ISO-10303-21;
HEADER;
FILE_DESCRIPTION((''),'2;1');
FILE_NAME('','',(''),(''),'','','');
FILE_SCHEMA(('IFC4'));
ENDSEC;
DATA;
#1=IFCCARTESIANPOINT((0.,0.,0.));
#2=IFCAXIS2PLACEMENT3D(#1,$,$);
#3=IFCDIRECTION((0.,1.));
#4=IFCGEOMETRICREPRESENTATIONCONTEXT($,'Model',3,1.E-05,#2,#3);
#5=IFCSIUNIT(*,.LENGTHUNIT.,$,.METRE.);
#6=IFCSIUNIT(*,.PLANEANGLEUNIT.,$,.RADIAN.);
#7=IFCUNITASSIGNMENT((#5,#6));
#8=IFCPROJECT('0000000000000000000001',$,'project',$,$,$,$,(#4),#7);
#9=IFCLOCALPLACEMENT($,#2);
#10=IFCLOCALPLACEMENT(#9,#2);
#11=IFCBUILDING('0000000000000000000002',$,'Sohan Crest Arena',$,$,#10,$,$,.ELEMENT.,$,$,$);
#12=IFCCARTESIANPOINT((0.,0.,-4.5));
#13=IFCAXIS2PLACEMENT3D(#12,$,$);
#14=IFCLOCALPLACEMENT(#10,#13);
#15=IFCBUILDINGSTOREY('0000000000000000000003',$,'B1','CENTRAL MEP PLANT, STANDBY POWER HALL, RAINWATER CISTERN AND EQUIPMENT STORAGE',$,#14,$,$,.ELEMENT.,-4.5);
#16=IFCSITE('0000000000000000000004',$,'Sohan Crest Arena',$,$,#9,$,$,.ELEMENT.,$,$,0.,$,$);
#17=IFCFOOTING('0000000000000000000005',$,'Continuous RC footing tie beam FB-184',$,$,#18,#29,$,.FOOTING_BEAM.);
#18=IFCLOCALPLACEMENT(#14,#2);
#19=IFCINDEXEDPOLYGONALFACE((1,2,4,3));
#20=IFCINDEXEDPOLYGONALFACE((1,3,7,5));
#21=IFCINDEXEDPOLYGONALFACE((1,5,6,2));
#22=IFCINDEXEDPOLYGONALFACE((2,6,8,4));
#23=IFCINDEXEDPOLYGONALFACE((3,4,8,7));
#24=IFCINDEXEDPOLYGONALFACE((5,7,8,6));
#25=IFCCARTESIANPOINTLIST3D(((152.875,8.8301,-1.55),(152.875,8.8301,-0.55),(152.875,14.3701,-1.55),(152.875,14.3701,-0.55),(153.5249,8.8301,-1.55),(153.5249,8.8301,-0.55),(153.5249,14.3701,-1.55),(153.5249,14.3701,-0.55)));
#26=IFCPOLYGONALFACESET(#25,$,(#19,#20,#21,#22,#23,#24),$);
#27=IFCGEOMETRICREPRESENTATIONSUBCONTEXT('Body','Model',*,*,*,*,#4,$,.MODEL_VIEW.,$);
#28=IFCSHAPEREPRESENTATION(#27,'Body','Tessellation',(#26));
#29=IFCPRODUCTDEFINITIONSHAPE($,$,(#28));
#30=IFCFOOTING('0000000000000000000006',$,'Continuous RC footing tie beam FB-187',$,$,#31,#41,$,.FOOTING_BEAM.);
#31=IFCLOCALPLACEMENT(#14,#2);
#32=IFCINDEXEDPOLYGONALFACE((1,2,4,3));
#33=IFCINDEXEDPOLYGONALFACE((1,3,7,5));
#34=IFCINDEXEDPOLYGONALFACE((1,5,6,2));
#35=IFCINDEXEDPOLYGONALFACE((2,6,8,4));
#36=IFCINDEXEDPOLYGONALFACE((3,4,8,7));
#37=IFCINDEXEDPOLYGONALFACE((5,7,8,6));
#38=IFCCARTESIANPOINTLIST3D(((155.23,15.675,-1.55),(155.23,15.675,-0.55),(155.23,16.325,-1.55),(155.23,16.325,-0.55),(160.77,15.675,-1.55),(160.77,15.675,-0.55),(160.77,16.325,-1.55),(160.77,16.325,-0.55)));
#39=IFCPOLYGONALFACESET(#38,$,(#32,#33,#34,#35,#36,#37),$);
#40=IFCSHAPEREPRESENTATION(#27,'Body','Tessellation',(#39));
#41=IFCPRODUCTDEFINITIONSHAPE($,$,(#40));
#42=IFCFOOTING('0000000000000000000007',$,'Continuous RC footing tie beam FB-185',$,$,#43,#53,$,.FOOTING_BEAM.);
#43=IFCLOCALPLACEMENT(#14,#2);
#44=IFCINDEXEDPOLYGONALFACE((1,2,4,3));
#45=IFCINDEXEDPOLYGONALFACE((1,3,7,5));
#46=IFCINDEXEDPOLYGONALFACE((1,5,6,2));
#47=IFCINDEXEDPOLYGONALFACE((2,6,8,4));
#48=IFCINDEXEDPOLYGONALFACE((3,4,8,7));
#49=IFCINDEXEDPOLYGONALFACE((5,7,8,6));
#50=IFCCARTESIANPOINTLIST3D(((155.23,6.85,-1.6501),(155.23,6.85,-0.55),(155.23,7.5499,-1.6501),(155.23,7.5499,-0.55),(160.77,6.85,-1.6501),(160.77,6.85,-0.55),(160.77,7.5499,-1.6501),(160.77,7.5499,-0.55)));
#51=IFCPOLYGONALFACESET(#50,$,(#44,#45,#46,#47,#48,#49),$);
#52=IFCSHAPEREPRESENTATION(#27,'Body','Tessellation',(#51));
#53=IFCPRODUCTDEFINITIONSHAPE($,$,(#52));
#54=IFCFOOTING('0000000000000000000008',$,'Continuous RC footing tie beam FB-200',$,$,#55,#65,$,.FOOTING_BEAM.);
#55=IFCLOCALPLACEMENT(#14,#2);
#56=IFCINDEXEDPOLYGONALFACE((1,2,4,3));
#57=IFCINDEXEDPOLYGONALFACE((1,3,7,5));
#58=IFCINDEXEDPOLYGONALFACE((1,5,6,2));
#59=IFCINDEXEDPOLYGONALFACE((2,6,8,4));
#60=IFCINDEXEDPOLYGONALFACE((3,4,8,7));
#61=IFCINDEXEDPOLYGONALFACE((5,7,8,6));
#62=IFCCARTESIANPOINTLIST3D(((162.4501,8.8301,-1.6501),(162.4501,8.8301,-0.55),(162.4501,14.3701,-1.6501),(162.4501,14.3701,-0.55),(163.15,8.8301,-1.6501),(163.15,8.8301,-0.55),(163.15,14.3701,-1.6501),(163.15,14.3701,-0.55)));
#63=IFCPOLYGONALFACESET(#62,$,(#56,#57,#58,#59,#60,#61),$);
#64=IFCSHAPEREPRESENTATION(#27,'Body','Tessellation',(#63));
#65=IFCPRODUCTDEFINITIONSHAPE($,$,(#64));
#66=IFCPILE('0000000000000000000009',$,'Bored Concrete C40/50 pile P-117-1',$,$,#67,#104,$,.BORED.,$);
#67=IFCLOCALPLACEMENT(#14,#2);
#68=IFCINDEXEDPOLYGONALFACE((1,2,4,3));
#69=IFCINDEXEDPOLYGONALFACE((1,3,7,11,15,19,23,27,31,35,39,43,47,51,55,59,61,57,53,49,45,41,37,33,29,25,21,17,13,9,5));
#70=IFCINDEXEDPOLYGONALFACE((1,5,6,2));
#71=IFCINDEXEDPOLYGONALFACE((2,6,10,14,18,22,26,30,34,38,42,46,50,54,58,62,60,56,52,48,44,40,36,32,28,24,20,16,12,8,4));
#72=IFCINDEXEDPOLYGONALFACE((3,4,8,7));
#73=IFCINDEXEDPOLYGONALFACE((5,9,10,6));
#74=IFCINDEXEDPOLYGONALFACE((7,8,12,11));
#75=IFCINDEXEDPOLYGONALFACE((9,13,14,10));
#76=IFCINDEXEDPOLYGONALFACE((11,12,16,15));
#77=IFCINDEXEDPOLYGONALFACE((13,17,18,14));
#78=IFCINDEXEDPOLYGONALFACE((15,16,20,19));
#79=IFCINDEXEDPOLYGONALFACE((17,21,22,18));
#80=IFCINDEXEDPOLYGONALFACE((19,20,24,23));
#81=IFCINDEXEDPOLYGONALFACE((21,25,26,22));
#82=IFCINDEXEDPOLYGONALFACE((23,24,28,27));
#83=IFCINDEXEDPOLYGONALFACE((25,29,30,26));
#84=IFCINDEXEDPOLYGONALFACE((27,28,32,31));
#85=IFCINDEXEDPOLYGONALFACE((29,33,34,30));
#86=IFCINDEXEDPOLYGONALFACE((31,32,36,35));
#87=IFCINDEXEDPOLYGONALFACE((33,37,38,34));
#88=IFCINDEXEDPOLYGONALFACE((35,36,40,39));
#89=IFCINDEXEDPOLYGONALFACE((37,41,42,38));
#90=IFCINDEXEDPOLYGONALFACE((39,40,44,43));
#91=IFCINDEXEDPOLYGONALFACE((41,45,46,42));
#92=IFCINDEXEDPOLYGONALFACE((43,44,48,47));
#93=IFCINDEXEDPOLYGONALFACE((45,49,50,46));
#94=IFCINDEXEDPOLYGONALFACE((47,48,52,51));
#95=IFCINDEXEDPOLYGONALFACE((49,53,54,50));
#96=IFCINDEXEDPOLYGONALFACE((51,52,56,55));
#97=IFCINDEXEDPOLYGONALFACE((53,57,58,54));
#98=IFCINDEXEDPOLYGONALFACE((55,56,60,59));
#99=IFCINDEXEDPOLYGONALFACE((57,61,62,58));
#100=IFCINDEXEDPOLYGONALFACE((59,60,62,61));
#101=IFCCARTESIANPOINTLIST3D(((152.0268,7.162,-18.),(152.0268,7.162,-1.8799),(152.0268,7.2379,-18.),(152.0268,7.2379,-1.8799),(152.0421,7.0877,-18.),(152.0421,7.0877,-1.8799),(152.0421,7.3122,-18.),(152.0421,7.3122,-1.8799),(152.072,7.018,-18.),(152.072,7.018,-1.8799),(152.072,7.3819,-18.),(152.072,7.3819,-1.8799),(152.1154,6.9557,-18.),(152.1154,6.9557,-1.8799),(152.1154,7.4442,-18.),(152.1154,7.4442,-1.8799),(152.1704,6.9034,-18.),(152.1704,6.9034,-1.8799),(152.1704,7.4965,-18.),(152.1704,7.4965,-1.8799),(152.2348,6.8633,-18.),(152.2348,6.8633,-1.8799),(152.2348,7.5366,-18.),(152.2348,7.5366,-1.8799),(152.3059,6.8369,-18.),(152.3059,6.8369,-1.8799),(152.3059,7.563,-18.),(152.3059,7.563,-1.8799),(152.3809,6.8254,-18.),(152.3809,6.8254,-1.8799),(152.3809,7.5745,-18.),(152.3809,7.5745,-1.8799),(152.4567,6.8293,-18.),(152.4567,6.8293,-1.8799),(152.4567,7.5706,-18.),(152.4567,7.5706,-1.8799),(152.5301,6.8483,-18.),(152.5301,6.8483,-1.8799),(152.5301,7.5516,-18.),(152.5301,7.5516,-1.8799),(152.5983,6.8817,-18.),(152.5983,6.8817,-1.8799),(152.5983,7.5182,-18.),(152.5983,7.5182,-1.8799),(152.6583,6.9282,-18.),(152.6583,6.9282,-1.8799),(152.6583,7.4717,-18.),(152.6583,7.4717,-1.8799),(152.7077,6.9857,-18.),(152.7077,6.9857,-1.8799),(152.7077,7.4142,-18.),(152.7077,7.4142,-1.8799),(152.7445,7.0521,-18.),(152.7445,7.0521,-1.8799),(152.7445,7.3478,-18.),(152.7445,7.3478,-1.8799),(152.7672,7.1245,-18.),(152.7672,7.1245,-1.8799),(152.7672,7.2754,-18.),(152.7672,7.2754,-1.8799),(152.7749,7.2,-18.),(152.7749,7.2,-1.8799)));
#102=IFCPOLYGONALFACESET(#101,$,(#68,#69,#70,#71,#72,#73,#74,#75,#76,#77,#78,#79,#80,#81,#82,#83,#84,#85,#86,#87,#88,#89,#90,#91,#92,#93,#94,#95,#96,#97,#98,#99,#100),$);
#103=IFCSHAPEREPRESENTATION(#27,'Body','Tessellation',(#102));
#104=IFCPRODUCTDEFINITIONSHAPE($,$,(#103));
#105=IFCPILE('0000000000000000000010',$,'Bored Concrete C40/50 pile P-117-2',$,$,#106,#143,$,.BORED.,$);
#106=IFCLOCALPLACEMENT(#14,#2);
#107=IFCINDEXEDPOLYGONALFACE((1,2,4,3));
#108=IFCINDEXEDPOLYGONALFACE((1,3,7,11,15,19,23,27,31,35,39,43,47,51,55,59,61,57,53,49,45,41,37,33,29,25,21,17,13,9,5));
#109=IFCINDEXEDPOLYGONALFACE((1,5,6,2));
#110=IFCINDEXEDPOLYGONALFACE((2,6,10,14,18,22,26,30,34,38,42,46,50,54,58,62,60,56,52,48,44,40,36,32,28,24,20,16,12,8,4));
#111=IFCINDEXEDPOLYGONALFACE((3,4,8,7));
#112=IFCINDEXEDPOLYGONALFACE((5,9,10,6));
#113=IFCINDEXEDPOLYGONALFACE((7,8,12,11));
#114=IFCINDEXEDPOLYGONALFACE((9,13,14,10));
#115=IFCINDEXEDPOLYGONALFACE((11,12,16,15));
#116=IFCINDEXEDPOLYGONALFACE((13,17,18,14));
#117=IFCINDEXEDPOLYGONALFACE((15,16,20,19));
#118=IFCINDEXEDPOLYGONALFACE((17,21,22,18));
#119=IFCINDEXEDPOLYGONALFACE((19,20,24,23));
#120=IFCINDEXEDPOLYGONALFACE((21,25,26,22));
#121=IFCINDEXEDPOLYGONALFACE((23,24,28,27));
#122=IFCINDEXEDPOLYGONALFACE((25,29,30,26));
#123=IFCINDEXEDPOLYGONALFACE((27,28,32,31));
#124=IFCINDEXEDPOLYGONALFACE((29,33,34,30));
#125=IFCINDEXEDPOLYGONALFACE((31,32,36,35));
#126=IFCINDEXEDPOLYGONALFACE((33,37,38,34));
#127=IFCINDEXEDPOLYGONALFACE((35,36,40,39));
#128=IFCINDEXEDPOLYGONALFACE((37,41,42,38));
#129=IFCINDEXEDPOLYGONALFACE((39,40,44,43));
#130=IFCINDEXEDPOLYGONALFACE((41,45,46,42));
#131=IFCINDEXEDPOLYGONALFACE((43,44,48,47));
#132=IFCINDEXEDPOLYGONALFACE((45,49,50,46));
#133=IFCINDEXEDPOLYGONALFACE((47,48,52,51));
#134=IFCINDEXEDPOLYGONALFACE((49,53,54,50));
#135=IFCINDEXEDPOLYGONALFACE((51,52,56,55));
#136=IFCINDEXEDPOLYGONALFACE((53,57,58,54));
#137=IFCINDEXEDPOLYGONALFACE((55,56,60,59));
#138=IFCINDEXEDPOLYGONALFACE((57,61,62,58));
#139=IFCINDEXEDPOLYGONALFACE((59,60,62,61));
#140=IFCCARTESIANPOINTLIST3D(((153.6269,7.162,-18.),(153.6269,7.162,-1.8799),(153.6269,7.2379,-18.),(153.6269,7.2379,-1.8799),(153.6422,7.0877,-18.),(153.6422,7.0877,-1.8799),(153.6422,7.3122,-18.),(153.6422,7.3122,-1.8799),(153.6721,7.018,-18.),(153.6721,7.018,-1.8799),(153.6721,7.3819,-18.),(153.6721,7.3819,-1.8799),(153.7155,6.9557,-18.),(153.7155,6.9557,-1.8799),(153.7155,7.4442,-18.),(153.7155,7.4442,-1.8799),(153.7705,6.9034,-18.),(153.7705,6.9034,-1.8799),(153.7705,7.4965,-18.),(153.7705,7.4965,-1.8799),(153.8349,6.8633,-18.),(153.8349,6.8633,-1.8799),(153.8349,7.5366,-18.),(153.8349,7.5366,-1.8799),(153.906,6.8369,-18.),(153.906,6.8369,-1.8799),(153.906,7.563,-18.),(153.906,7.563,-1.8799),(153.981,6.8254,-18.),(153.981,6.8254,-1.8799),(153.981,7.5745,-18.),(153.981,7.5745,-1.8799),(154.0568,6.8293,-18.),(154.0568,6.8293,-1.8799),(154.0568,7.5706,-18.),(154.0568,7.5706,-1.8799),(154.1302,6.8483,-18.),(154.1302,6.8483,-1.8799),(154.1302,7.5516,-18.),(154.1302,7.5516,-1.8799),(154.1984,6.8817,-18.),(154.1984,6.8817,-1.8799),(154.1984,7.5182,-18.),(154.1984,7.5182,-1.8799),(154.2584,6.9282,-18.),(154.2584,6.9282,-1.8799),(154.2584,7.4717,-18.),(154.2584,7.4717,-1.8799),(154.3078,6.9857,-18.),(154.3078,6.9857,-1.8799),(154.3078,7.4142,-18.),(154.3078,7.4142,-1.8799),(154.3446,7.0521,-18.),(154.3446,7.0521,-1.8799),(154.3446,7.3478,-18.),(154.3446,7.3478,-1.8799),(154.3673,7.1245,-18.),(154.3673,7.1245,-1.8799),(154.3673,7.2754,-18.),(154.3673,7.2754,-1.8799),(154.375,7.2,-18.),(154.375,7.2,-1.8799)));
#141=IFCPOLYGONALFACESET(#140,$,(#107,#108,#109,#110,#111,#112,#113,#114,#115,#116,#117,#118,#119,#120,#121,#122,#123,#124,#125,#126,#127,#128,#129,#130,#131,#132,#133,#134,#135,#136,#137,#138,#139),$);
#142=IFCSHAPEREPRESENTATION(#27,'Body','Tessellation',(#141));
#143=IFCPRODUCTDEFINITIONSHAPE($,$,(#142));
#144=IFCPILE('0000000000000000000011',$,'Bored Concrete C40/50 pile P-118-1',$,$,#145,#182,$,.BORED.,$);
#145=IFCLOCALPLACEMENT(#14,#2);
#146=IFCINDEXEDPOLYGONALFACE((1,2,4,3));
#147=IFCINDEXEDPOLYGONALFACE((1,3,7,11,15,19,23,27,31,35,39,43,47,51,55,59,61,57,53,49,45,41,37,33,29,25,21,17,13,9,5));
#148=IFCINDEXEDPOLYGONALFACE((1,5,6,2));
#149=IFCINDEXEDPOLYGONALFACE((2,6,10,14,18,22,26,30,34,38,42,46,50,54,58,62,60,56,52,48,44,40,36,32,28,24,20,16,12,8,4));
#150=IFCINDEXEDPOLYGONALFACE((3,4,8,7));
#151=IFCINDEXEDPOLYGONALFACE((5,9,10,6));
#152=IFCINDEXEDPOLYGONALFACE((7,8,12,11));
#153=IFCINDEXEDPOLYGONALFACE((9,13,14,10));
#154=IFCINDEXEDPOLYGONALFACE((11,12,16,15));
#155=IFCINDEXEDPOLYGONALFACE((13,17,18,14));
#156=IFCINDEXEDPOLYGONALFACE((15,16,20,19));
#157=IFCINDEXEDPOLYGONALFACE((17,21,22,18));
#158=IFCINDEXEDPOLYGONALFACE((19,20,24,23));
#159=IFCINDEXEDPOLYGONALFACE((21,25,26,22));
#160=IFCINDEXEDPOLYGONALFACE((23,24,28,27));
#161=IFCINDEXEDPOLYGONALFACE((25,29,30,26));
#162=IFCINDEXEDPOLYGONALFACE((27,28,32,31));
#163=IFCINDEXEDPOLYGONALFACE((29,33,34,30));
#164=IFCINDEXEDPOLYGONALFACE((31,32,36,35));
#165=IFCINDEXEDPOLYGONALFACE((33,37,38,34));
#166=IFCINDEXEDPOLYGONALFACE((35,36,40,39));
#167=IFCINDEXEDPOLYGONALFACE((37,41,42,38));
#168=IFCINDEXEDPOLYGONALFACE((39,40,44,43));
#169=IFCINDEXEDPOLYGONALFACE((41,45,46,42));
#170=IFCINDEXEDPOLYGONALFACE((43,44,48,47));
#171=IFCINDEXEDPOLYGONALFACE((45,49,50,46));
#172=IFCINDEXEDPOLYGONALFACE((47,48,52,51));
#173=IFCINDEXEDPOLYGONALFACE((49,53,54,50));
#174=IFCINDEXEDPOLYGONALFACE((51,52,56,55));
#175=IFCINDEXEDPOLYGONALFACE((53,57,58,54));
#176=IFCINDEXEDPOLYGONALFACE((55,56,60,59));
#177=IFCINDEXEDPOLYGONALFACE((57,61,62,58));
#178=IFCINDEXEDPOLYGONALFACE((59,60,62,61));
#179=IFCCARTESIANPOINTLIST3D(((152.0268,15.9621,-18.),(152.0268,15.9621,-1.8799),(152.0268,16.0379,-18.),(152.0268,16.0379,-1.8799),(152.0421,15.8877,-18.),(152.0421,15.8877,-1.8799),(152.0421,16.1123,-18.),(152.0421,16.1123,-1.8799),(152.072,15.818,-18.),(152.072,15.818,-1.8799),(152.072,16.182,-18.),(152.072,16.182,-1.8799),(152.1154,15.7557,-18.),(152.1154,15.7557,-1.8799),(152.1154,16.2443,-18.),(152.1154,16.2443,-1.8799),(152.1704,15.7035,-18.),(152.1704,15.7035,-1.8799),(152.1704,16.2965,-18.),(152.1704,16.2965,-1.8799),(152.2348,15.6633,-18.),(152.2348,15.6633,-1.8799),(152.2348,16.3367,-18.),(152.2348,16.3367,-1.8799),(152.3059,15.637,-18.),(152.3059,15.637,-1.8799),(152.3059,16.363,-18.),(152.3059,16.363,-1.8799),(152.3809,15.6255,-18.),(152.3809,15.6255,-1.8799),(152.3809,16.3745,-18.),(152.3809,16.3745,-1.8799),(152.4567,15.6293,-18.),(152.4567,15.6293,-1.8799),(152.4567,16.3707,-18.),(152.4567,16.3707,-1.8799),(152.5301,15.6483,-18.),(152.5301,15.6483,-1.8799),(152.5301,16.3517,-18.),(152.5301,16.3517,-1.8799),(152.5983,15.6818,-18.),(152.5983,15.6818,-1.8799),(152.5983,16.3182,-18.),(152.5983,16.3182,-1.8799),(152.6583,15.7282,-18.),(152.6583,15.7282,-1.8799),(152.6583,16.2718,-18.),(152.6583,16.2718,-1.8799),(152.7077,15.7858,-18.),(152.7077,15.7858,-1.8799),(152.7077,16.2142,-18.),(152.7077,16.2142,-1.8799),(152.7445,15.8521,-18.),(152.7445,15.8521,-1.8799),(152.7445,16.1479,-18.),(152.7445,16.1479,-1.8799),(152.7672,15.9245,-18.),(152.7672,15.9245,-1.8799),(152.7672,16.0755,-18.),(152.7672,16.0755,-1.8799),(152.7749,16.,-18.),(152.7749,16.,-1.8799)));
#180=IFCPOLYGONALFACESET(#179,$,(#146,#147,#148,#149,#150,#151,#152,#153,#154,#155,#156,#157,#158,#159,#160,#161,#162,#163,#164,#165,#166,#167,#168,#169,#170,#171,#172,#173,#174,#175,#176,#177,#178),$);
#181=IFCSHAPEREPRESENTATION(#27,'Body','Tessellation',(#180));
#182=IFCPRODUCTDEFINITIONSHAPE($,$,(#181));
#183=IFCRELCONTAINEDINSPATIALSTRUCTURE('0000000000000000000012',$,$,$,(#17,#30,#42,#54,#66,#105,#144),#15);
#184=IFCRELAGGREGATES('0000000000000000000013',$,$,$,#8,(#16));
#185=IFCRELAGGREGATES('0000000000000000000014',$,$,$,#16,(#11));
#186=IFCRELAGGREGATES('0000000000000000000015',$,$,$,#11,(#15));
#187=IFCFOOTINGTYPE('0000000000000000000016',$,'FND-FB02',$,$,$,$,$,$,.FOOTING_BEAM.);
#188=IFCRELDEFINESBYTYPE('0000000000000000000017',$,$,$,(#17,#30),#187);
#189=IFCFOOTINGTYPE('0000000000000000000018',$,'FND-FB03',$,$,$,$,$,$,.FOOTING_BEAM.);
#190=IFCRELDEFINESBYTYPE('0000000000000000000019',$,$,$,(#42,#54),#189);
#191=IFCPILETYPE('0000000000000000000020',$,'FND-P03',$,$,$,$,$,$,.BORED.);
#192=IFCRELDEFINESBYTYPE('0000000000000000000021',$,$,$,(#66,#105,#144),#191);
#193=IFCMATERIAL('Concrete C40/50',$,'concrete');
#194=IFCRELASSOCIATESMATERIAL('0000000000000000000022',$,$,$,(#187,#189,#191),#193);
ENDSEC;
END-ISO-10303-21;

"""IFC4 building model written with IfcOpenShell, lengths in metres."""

from ifc_helpers import new_model, si_unit, direction, frame, origin, origin_2d, place, context, subcontext, project, spatial, rectangle, circle, extrude, material, material_profile, profile_set, type_object, element, save


model = new_model("IFC4")

# Units and contexts
model_context = context("Model", 3, precision=1e-05, world=origin(), true_north=direction((0.0, 1.0)))
body_context = subcontext(model_context, "Body", "Model", "MODEL_VIEW")
ifc_project = project(units=[si_unit("LENGTHUNIT", "METRE"), si_unit("PLANEANGLEUNIT", "RADIAN")], contexts=[model_context])

# Site, building, storey
site_placement = place(None, origin())
site = spatial("IfcSite", under=ifc_project, at=site_placement, Name="Sohan Crest Arena", CompositionType="ELEMENT", RefElevation=0.0)
building_placement = place(site_placement, origin())
building = spatial("IfcBuilding", under=site, at=building_placement, Name="Sohan Crest Arena", CompositionType="ELEMENT")
storey_placement = place(building_placement, frame((0.0, 0.0, -4.5)))
storey = spatial("IfcBuildingStorey", under=building, at=storey_placement, Name="B1", Description="CENTRAL MEP PLANT, STANDBY POWER HALL, RAINWATER CISTERN AND EQUIPMENT STORAGE", CompositionType="ELEMENT", Elevation=-4.5)

# Footings
ifc_material_1 = material(Name="Concrete C40/50", Category="concrete")
ifc_material_profile_1 = material_profile(ifc_material_1, rectangle(XDim=0.6499, YDim=1.0, at=origin_2d()), Name="RC-FB 650x1000")
ifc_profile_set_1 = profile_set([ifc_material_profile_1], Name="Concrete C40/50")
footing_type_1 = type_object("IfcFootingType", Name="FND-FB02", PredefinedType="FOOTING_BEAM", material=ifc_profile_set_1)
for number, where, z_axis, x_axis, name in (
    (1, (153.2, 8.8301, -1.05), (0.0, 1.0, 0.0), (-1.0, 0.0, 0.0), "Continuous RC footing tie beam FB-184"),
    (2, (155.23, 16.0, -1.05), (1.0, 0.0, 0.0), (0.0, 1.0, 0.0), "Continuous RC footing tie beam FB-187"),
):
    element("IfcFooting", number, at=place(storey_placement, frame(where, z_axis=z_axis, x_axis=x_axis)), inside=storey, type_object=footing_type_1, Name=name, PredefinedType="FOOTING_BEAM", context=body_context, shape_type="SweptSolid", body=[
        extrude(rectangle(XDim=0.6499, YDim=1.0, at=origin_2d()), origin(), (0.0, 0.0, 1.0), 5.54),
    ])
ifc_material_profile_2 = material_profile(ifc_material_1, rectangle(XDim=0.7, YDim=1.1001, at=origin_2d()), Name="RC-FB 700x1100")
ifc_profile_set_2 = profile_set([ifc_material_profile_2], Name="Concrete C40/50")
footing_type_2 = type_object("IfcFootingType", Name="FND-FB03", PredefinedType="FOOTING_BEAM", material=ifc_profile_set_2)
for number, where, z_axis, x_axis, name in (
    (3, (155.23, 7.2, -1.1001), (1.0, 0.0, 0.0), (0.0, 1.0, 0.0), "Continuous RC footing tie beam FB-185"),
    (4, (162.8, 8.8301, -1.1001), (0.0, 1.0, 0.0), (-1.0, 0.0, 0.0), "Continuous RC footing tie beam FB-200"),
):
    element("IfcFooting", number, at=place(storey_placement, frame(where, z_axis=z_axis, x_axis=x_axis)), inside=storey, type_object=footing_type_2, Name=name, PredefinedType="FOOTING_BEAM", context=body_context, shape_type="SweptSolid", body=[
        extrude(rectangle(XDim=0.7, YDim=1.1001, at=origin_2d()), origin(), (0.0, 0.0, 1.0), 5.54),
    ])

# Piles
ifc_material_profile_3 = material_profile(ifc_material_1, circle(Radius=0.375, at=origin_2d()), Name="PILE D750")
ifc_profile_set_3 = profile_set([ifc_material_profile_3], Name="Concrete C40/50")
pile_type = type_object("IfcPileType", Name="FND-P03", PredefinedType="BORED", material=ifc_profile_set_3)
for number, where, z_axis, x_axis, name in (
    (5, (152.3999, 7.2, -18.0), (0.0, 0.0, 1.0), (1.0, 0.0, 0.0), "Bored Concrete C40/50 pile P-117-1"),
    (6, (154.0, 7.2, -18.0), (0.0, 0.0, 1.0), (1.0, 0.0, 0.0), "Bored Concrete C40/50 pile P-117-2"),
    (7, (152.3999, 16.0, -18.0), (0.0, 0.0, 1.0), (1.0, 0.0, 0.0), "Bored Concrete C40/50 pile P-118-1"),
):
    element("IfcPile", number, at=place(storey_placement, frame(where, z_axis=z_axis, x_axis=x_axis)), inside=storey, type_object=pile_type, Name=name, PredefinedType="BORED", context=body_context, shape_type="SweptSolid", body=[
        extrude(circle(Radius=0.375, at=origin_2d()), origin(), (0.0, 0.0, 1.0), 16.1201),
    ])

save(model, "model.ifc")
